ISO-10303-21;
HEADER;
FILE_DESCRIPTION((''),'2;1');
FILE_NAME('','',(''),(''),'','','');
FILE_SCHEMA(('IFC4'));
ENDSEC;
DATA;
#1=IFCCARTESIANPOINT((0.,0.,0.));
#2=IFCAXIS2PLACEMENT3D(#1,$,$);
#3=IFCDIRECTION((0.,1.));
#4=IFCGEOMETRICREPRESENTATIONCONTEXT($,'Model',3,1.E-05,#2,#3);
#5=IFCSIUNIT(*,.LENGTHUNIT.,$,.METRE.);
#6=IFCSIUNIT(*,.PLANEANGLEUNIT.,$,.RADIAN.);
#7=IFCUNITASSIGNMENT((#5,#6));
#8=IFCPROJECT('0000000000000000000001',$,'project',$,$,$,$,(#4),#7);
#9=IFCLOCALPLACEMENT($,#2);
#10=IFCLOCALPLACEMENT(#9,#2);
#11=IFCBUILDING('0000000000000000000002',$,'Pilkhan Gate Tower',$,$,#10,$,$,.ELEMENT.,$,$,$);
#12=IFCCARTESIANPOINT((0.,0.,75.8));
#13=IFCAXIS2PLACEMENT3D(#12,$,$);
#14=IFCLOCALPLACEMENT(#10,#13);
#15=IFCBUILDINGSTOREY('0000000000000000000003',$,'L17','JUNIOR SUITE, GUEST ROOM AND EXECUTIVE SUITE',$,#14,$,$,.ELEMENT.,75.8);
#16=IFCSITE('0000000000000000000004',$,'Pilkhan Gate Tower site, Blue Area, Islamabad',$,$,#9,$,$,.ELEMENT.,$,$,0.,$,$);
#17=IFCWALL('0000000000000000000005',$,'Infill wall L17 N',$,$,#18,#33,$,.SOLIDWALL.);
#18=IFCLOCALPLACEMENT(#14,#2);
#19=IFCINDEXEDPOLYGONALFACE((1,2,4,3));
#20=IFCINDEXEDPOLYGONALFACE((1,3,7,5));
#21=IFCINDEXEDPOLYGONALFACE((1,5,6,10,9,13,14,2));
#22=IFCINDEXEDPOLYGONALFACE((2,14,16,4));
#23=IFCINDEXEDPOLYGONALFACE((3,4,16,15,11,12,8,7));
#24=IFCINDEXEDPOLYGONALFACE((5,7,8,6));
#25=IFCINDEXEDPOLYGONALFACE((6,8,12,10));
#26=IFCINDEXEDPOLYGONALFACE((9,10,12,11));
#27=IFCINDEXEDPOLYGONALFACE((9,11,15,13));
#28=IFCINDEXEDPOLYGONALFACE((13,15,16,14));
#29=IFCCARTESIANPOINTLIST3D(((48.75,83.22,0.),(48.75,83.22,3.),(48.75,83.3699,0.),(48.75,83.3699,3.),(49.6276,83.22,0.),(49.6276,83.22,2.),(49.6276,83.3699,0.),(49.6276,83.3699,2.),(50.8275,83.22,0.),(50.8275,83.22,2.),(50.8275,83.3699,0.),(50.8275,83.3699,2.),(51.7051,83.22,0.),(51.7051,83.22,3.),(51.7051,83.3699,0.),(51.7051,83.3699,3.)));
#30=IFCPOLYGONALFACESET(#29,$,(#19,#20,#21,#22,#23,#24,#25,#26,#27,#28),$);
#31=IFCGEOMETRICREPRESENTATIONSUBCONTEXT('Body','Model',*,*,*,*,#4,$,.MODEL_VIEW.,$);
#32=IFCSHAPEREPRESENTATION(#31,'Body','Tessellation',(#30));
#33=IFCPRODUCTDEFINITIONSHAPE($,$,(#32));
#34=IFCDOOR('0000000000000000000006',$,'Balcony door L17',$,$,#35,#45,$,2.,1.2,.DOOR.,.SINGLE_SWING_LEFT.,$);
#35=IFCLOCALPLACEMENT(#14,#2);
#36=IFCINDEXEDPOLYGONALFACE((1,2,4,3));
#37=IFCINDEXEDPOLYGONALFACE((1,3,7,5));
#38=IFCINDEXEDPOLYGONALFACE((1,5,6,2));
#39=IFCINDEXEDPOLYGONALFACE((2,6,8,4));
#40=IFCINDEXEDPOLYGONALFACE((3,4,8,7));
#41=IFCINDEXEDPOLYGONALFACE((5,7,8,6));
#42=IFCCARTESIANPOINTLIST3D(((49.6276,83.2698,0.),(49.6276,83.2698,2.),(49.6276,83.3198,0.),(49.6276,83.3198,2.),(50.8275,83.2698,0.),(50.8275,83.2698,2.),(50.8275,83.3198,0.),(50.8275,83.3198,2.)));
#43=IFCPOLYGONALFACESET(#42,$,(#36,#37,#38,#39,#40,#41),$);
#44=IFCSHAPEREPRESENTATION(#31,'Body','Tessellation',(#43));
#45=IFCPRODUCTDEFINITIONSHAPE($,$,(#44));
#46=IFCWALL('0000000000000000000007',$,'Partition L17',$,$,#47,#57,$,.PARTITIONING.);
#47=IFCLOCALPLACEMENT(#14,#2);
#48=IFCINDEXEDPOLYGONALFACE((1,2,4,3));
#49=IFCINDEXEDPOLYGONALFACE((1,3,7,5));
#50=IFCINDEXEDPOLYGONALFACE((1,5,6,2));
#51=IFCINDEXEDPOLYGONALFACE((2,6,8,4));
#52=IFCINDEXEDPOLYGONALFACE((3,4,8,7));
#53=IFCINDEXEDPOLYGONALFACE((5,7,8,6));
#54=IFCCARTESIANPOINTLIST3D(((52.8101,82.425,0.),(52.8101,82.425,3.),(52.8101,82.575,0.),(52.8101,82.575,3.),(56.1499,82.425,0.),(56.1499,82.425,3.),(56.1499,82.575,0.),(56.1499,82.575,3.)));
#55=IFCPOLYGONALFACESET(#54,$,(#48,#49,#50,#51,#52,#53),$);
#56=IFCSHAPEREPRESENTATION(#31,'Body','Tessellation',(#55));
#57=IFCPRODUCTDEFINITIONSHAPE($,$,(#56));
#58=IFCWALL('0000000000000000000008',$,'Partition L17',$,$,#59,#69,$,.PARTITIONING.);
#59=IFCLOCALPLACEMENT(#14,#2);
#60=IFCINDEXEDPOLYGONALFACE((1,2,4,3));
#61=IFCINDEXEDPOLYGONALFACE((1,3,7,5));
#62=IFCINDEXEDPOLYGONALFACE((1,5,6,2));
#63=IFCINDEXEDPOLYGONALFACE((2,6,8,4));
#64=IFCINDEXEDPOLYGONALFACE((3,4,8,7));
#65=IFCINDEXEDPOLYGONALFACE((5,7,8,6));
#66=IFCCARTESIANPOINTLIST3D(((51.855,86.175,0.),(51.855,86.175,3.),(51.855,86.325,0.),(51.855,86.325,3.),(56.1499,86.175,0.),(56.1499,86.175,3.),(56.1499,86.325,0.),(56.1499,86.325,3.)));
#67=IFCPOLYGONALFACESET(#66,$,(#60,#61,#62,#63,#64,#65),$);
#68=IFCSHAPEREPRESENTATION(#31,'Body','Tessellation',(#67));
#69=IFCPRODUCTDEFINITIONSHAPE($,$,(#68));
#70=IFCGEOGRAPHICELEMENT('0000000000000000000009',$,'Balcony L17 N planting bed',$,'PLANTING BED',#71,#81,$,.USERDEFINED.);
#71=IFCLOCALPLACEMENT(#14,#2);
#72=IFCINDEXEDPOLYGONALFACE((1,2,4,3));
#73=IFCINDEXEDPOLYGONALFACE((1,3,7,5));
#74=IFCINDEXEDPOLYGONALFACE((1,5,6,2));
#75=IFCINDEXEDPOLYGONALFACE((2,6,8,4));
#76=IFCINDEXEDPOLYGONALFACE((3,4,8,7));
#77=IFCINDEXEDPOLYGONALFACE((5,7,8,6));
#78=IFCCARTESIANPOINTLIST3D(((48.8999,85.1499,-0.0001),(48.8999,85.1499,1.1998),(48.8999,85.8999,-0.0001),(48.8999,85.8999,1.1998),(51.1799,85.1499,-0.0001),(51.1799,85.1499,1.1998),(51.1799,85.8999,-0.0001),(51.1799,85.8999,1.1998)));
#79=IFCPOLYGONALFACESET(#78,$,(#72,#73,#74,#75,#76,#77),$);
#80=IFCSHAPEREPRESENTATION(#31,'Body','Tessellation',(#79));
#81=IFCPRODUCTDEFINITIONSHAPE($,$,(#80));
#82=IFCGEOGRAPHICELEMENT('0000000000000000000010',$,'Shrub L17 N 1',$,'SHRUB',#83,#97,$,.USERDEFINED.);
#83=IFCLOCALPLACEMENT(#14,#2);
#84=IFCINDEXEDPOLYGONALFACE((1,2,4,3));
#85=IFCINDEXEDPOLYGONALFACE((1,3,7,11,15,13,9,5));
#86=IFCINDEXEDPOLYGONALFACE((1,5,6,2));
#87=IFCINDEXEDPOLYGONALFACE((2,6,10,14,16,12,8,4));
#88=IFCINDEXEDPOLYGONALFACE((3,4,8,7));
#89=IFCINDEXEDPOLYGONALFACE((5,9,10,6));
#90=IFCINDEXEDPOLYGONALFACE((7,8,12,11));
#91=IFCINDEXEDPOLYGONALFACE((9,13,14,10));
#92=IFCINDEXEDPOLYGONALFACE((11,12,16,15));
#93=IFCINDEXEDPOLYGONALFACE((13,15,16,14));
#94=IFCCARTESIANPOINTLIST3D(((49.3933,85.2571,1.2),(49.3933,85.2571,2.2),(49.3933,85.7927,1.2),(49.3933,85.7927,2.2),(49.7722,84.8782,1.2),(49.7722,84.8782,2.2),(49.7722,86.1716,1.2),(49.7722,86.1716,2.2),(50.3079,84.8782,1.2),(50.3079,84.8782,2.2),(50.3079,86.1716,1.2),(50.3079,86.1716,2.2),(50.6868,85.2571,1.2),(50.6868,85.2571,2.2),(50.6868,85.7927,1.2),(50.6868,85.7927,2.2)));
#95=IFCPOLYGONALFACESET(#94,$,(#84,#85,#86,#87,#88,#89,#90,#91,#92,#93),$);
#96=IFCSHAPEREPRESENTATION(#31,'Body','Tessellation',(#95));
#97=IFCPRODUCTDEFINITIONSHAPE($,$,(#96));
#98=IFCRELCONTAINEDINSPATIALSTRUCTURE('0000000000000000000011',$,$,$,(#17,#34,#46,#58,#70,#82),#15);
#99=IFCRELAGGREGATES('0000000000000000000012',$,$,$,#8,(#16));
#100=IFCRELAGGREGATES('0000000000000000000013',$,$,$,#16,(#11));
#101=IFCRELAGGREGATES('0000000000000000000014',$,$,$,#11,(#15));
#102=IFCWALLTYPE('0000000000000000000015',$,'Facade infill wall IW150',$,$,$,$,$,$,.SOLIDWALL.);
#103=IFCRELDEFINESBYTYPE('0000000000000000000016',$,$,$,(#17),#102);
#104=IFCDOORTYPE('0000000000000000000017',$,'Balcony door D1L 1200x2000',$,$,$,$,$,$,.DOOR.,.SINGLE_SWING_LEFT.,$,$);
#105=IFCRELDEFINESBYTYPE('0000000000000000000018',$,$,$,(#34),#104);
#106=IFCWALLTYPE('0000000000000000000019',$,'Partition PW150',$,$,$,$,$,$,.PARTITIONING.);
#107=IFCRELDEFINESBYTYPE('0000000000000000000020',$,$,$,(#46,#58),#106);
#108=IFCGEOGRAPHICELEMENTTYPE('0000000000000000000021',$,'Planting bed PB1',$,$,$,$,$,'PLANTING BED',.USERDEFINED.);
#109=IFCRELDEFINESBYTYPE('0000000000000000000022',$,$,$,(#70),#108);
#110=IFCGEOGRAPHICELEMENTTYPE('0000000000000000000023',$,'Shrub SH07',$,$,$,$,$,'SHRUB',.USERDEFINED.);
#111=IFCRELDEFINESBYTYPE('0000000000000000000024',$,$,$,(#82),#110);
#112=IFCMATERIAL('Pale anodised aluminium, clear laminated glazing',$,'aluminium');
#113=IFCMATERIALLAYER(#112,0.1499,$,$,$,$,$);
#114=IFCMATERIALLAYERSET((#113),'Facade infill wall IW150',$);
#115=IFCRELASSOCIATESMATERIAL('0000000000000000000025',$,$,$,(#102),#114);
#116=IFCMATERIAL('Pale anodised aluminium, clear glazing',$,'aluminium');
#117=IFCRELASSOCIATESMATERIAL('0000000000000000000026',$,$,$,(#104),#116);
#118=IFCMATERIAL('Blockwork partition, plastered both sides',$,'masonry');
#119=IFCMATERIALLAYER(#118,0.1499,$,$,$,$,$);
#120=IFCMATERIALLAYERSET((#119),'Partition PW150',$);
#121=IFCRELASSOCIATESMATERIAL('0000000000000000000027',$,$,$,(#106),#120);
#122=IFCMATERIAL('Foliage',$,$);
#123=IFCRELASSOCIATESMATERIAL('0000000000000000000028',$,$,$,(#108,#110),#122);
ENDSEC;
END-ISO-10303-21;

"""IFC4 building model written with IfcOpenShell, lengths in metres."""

from ifc_helpers import new_model, si_unit, direction, frame, frame_2d, origin, origin_2d, place, context, subcontext, project, spatial, polyline, rectangle, outline, extrude, material, layer, layer_set, material_profile, profile_set, type_object, element, fill, save


model = new_model("IFC4")

# Units and contexts
model_context = context("Model", 3, precision=1e-05, world=origin(), true_north=direction((0.0, 1.0)))
body_context = subcontext(model_context, "Body", "Model", "MODEL_VIEW")
ifc_project = project(units=[si_unit("LENGTHUNIT", "METRE"), si_unit("PLANEANGLEUNIT", "RADIAN")], contexts=[model_context])

# Site, building, storey
site_placement = place(None, origin())
site = spatial("IfcSite", under=ifc_project, at=site_placement, Name="Pilkhan Gate Tower site, Blue Area, Islamabad", CompositionType="ELEMENT", RefElevation=0.0)
building_placement = place(site_placement, origin())
building = spatial("IfcBuilding", under=site, at=building_placement, Name="Pilkhan Gate Tower", CompositionType="ELEMENT")
storey_placement = place(building_placement, frame((0.0, 0.0, 75.8)))
storey = spatial("IfcBuildingStorey", under=building, at=storey_placement, Name="L17", Description="JUNIOR SUITE, GUEST ROOM AND EXECUTIVE SUITE", CompositionType="ELEMENT", Elevation=75.8)

# Wall, opening, door
ifc_material_1 = material(Name="Pale anodised aluminium, clear laminated glazing", Category="aluminium")
ifc_layer_1 = layer(ifc_material_1, 0.1499)
ifc_layer_set_1 = layer_set([ifc_layer_1], Name="Facade infill wall IW150")
wall_type_1 = type_object("IfcWallType", Name="Facade infill wall IW150", PredefinedType="SOLIDWALL", material=ifc_layer_set_1)
wall_1_placement = place(storey_placement, frame((48.75, 83.2949, 0.0), z_axis=(0.0, 0.0, 1.0), x_axis=(1.0, 0.0, 0.0)))
wall_1 = element("IfcWall", 1, at=wall_1_placement, inside=storey, type_object=wall_type_1, Name="Infill wall L17 N", PredefinedType="SOLIDWALL", context=body_context, shape_type="SweptSolid", body=[
    extrude(rectangle(XDim=2.9551, YDim=0.1499, at=frame_2d((1.4775, 0.0))), origin(), (0.0, 0.0, 1.0), 3.0),
])
opening_placement = place(wall_1_placement, frame((0.8774, 0.0, 0.0)))
opening = element("IfcOpeningElement", 2, at=opening_placement, cuts=wall_1, PredefinedType="OPENING", context=body_context, shape_type="SweptSolid", body=[
    extrude(rectangle(XDim=1.2, YDim=2.0, at=frame_2d((0.6001, 1.0))), frame((0.0, 0.085, 0.0), z_axis=(0.0, -1.0, 0.0), x_axis=(1.0, 0.0, 0.0)), (0.0, 0.0, 1.0), 0.1699),
])
ifc_material_2 = material(Name="Pale anodised aluminium, clear glazing", Category="aluminium")
door_type = type_object("IfcDoorType", Name="Balcony door D1L 1200x2000", OperationType="SINGLE_SWING_LEFT", PredefinedType="DOOR", material=ifc_material_2)
door_placement = place(opening_placement, origin())
door = element("IfcDoor", 3, at=door_placement, inside=storey, type_object=door_type, Name="Balcony door L17", OperationType="SINGLE_SWING_LEFT", OverallHeight=2.0, OverallWidth=1.2, PredefinedType="DOOR", context=body_context, shape_type="SweptSolid", body=[
    extrude(rectangle(XDim=1.2, YDim=2.0, at=frame_2d((0.6001, 1.0))), frame((0.0, 0.0249, 0.0), z_axis=(0.0, -1.0, 0.0), x_axis=(1.0, 0.0, 0.0)), (0.0, 0.0, 1.0), 0.05),
])
fill(opening, door)

# Walls
ifc_material_3 = material(Name="Blockwork partition, plastered both sides", Category="masonry")
ifc_layer_2 = layer(ifc_material_3, 0.1499)
ifc_layer_set_2 = layer_set([ifc_layer_2], Name="Partition PW150")
wall_type_2 = type_object("IfcWallType", Name="Partition PW150", PredefinedType="PARTITIONING", material=ifc_layer_set_2)
wall_2_placement = place(storey_placement, frame((52.8101, 82.5, 0.0), z_axis=(0.0, 0.0, 1.0), x_axis=(1.0, 0.0, 0.0)))
element("IfcWall", 4, at=wall_2_placement, inside=storey, type_object=wall_type_2, Name="Partition L17", PredefinedType="PARTITIONING", context=body_context, shape_type="SweptSolid", body=[
    extrude(rectangle(XDim=3.3398, YDim=0.1499, at=frame_2d((1.6699, 0.0))), origin(), (0.0, 0.0, 1.0), 3.0),
])
wall_3_placement = place(storey_placement, frame((51.855, 86.25, 0.0), z_axis=(0.0, 0.0, 1.0), x_axis=(1.0, 0.0, 0.0)))
element("IfcWall", 5, at=wall_3_placement, inside=storey, type_object=wall_type_2, Name="Partition L17", PredefinedType="PARTITIONING", context=body_context, shape_type="SweptSolid", body=[
    extrude(rectangle(XDim=4.2949, YDim=0.1499, at=frame_2d((2.1475, 0.0))), origin(), (0.0, 0.0, 1.0), 3.0),
])

# Geographic elements
ifc_material_4 = material(Name="Foliage")
ifc_material_profile_1 = material_profile(ifc_material_4, rectangle(XDim=0.75, YDim=1.2, at=origin_2d()), Name="Bed 750x1200")
ifc_profile_set_1 = profile_set([ifc_material_profile_1], Name="Foliage")
geographic_element_type_1 = type_object("IfcGeographicElementType", Name="Planting bed PB1", ElementType="PLANTING BED", PredefinedType="USERDEFINED", material=ifc_profile_set_1)
geographic_element_1_placement = place(storey_placement, frame((48.8999, 85.5249, 0.5999), z_axis=(1.0, 0.0, 0.0), x_axis=(0.0, 1.0, 0.0)))
element("IfcGeographicElement", 6, at=geographic_element_1_placement, inside=storey, type_object=geographic_element_type_1, Name="Balcony L17 N planting bed", ObjectType="PLANTING BED", PredefinedType="USERDEFINED", context=body_context, shape_type="SweptSolid", body=[
    extrude(rectangle(XDim=0.75, YDim=1.2, at=origin_2d()), origin(), (0.0, 0.0, 1.0), 2.28),
])
ifc_material_profile_2 = material_profile(ifc_material_4, outline(polyline([(0.6467, 0.2678), (0.2678, 0.6467), (-0.2678, 0.6467), (-0.6467, 0.2678), (-0.6467, -0.2678), (-0.2678, -0.6467), (0.2678, -0.6467), (0.6467, -0.2678), (0.6467, 0.2678)])), Name="Shrub D1.4")
ifc_profile_set_2 = profile_set([ifc_material_profile_2], Name="Foliage")
geographic_element_type_2 = type_object("IfcGeographicElementType", Name="Shrub SH07", ElementType="SHRUB", PredefinedType="USERDEFINED", material=ifc_profile_set_2)
geographic_element_2_placement = place(storey_placement, frame((50.04, 85.5249, 1.2), z_axis=(0.0, 0.0, 1.0), x_axis=(1.0, 0.0, 0.0)))
element("IfcGeographicElement", 7, at=geographic_element_2_placement, inside=storey, type_object=geographic_element_type_2, Name="Shrub L17 N 1", ObjectType="SHRUB", PredefinedType="USERDEFINED", context=body_context, shape_type="SweptSolid", body=[
    extrude(outline(polyline([(0.6467, 0.2678), (0.2678, 0.6467), (-0.2678, 0.6467), (-0.6467, 0.2678), (-0.6467, -0.2678), (-0.2678, -0.6467), (0.2678, -0.6467), (0.6467, -0.2678), (0.6467, 0.2678)])), origin(), (0.0, 0.0, 1.0), 1.0),
])

save(model, "model.ifc")
